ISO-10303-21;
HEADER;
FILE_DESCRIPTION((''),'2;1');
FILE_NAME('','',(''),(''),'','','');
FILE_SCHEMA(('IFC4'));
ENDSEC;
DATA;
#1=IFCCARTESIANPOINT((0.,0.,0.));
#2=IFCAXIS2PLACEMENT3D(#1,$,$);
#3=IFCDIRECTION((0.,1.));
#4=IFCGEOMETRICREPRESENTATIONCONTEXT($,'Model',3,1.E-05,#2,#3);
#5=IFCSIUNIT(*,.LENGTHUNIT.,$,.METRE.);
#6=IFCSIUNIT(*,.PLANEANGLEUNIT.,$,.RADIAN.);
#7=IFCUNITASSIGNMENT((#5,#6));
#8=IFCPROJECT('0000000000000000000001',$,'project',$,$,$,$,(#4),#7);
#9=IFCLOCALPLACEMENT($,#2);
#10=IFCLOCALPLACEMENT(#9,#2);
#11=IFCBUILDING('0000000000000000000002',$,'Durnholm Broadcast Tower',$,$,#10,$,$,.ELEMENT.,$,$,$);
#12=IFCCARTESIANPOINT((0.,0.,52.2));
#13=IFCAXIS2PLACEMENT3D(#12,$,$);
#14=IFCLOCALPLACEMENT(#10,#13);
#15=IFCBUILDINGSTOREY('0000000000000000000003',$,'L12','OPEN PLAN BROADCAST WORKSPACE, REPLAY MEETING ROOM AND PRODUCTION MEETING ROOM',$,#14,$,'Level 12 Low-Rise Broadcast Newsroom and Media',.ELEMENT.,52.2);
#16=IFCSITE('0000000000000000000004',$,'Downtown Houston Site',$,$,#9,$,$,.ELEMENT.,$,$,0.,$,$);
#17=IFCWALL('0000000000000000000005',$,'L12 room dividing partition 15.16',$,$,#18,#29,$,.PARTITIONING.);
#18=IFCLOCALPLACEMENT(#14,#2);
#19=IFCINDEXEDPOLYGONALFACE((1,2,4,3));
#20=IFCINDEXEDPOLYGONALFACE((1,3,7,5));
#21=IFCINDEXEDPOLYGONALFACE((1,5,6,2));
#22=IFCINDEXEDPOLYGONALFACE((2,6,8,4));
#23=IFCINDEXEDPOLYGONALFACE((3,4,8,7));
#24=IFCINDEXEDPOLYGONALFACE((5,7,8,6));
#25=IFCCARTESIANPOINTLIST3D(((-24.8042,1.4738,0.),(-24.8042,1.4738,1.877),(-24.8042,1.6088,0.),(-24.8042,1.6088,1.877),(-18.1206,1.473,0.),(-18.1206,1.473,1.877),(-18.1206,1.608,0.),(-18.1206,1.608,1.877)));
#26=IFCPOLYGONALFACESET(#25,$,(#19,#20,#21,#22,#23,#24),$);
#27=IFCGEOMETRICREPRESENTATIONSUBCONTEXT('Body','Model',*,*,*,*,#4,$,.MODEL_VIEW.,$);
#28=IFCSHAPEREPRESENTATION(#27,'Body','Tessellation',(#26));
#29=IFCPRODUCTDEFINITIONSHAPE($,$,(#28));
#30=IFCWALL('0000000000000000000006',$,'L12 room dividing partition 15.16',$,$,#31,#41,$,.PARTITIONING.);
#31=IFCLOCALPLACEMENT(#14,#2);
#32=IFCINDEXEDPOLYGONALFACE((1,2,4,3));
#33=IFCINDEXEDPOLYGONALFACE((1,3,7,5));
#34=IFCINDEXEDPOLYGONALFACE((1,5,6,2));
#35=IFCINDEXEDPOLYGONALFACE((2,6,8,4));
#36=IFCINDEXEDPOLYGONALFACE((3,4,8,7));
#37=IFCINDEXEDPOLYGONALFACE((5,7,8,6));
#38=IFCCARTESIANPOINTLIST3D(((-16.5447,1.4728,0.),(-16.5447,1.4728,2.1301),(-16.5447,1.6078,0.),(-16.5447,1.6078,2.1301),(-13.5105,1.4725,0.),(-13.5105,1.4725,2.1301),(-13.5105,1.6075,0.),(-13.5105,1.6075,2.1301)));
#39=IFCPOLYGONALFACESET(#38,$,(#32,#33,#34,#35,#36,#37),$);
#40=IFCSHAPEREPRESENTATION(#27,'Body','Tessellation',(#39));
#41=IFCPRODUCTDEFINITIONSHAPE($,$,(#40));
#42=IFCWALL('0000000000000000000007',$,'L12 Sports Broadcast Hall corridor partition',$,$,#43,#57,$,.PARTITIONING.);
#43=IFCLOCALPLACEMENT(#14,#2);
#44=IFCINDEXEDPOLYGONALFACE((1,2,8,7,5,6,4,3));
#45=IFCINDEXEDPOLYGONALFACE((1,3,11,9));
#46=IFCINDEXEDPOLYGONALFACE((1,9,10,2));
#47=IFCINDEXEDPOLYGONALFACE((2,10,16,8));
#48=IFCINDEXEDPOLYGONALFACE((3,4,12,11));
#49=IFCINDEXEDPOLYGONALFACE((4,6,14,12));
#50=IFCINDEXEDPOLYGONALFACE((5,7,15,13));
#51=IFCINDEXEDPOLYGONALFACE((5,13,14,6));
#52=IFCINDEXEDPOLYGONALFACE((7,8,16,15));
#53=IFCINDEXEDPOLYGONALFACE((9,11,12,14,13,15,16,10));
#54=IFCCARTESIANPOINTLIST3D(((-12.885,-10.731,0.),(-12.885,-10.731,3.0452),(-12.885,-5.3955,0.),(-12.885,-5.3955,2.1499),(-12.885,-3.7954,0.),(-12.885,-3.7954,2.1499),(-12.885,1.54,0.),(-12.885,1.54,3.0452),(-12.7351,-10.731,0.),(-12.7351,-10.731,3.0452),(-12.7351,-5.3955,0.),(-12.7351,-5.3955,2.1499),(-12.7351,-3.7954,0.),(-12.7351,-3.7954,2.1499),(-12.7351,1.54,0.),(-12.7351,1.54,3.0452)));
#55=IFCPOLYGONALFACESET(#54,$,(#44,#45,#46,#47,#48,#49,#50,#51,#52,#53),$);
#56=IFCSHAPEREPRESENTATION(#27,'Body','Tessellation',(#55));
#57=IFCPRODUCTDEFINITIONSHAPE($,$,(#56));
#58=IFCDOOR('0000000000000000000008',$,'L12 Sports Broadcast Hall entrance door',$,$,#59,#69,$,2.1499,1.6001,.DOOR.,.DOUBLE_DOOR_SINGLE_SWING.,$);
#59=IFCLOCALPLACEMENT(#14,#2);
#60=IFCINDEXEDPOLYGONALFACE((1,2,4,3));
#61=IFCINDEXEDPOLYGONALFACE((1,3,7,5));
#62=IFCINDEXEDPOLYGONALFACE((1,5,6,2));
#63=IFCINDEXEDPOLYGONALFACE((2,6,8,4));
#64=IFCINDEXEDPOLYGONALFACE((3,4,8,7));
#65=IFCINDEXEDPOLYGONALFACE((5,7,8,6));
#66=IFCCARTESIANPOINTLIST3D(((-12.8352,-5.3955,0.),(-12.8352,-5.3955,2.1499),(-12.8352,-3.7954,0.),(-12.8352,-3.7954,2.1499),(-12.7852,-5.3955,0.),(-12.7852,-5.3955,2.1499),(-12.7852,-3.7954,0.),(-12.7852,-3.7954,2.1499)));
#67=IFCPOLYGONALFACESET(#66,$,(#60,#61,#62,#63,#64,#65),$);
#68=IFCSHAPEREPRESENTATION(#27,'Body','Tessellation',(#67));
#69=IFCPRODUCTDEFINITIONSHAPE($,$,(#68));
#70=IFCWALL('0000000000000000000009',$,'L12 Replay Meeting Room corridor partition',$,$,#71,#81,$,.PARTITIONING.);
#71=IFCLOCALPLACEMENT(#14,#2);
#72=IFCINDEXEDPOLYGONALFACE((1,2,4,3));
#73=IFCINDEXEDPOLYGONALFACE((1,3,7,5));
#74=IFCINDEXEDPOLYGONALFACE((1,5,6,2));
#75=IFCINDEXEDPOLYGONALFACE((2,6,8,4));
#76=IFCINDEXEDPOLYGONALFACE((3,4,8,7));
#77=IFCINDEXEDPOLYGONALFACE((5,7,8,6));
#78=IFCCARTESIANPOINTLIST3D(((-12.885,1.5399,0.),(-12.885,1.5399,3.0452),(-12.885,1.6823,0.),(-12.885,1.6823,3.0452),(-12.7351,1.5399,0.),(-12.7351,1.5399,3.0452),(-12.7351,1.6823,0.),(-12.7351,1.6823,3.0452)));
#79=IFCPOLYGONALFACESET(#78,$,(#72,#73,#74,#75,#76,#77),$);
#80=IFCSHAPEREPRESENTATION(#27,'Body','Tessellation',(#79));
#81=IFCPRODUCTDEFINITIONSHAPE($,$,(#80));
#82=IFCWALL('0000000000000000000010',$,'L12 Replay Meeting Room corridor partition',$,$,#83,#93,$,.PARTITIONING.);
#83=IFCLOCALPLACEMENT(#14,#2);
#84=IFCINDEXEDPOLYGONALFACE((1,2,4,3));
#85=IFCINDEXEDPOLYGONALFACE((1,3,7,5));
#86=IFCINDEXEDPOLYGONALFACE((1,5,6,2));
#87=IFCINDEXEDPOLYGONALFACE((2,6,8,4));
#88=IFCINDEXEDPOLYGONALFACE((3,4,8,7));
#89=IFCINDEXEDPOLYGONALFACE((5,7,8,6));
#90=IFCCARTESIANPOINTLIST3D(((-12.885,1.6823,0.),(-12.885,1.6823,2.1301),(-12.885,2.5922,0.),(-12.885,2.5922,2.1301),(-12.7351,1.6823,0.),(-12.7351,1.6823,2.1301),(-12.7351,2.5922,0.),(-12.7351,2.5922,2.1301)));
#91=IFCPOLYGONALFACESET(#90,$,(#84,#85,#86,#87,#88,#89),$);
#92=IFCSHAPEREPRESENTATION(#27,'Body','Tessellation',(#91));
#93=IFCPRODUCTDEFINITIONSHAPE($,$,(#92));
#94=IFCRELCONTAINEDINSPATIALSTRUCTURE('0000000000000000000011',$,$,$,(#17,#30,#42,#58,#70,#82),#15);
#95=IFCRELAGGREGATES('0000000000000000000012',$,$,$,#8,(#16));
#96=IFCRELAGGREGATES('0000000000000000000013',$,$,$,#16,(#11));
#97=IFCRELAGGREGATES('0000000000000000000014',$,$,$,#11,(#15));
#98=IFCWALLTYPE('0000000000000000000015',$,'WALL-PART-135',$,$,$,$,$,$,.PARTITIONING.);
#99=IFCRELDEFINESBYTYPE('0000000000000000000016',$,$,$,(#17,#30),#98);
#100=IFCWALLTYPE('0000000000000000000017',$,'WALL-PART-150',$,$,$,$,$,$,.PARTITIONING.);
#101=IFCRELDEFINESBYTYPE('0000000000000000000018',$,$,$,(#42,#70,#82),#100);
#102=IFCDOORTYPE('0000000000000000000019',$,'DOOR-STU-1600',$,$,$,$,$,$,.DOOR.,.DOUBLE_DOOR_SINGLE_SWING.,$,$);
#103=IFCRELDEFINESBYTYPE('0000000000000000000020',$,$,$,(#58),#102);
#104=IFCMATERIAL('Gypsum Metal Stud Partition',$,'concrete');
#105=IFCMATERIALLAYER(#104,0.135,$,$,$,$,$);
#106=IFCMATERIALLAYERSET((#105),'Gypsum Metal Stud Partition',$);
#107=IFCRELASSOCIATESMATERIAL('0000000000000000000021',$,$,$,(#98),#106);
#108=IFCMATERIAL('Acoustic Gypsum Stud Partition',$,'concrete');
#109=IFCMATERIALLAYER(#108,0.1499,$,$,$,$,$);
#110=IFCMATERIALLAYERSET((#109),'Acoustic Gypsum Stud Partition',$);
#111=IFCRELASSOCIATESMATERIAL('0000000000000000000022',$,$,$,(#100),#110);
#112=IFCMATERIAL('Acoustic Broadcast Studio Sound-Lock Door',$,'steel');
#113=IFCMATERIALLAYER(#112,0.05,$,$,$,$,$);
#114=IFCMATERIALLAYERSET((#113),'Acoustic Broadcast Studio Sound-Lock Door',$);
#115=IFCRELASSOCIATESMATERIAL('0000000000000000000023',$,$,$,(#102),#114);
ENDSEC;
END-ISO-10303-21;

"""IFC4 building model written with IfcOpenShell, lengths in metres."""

from ifc_helpers import new_model, si_unit, direction, frame, frame_2d, origin, place, context, subcontext, project, spatial, rectangle, extrude, source, transform, mapped, material, layer, layer_set, type_object, type_shapes, element, fill, save


model = new_model("IFC4")

# Units and contexts
model_context = context("Model", 3, precision=1e-05, world=origin(), true_north=direction((0.0, 1.0)))
body_context = subcontext(model_context, "Body", "Model", "MODEL_VIEW")
ifc_project = project(units=[si_unit("LENGTHUNIT", "METRE"), si_unit("PLANEANGLEUNIT", "RADIAN")], contexts=[model_context])

# Site, building, storey
site_placement = place(None, origin())
site = spatial("IfcSite", under=ifc_project, at=site_placement, Name="Downtown Houston Site", CompositionType="ELEMENT", RefElevation=0.0)
building_placement = place(site_placement, origin())
building = spatial("IfcBuilding", under=site, at=building_placement, Name="Durnholm Broadcast Tower", CompositionType="ELEMENT")
storey_placement = place(building_placement, frame((0.0, 0.0, 52.2)))
storey = spatial("IfcBuildingStorey", under=building, at=storey_placement, Name="L12", Description="OPEN PLAN BROADCAST WORKSPACE, REPLAY MEETING ROOM AND PRODUCTION MEETING ROOM", LongName="Level 12 Low-Rise Broadcast Newsroom and Media", CompositionType="ELEMENT", Elevation=52.2)

# Walls
ifc_material_1 = material(Name="Gypsum Metal Stud Partition", Category="concrete")
ifc_layer_1 = layer(ifc_material_1, 0.135)
ifc_layer_set_1 = layer_set([ifc_layer_1], Name="Gypsum Metal Stud Partition")
wall_type_1 = type_object("IfcWallType", Name="WALL-PART-135", PredefinedType="PARTITIONING", material=ifc_layer_set_1)
wall_1_placement = place(storey_placement, frame((-24.8042, 1.5413, 0.0), z_axis=(0.0, 0.0, 1.0), x_axis=(1.0, -0.00011, 0.0)))
element("IfcWall", 1, at=wall_1_placement, inside=storey, type_object=wall_type_1, Name="L12 room dividing partition 15.16", PredefinedType="PARTITIONING", context=body_context, shape_type="SweptSolid", body=[
    extrude(rectangle(XDim=6.6836, YDim=0.135, at=frame_2d((3.3418, 0.0))), origin(), (0.0, 0.0, 1.0), 1.877),
])
wall_2_placement = place(storey_placement, frame((-16.5447, 1.5403, 0.0), z_axis=(0.0, 0.0, 1.0), x_axis=(1.0, -0.00008, 0.0)))
element("IfcWall", 2, at=wall_2_placement, inside=storey, type_object=wall_type_1, Name="L12 room dividing partition 15.16", PredefinedType="PARTITIONING", context=body_context, shape_type="SweptSolid", body=[
    extrude(rectangle(XDim=3.0342, YDim=0.135, at=frame_2d((1.5171, 0.0))), origin(), (0.0, 0.0, 1.0), 2.1301),
])

# Wall, opening, door
ifc_material_2 = material(Name="Acoustic Gypsum Stud Partition", Category="concrete")
ifc_layer_2 = layer(ifc_material_2, 0.1499)
ifc_layer_set_2 = layer_set([ifc_layer_2], Name="Acoustic Gypsum Stud Partition")
wall_type_2 = type_object("IfcWallType", Name="WALL-PART-150", PredefinedType="PARTITIONING", material=ifc_layer_set_2)
wall_3_placement = place(storey_placement, frame((-12.8101, 1.54, 0.0), z_axis=(0.0, 0.0, 1.0), x_axis=(0.0, -1.0, 0.0)))
wall_3 = element("IfcWall", 3, at=wall_3_placement, inside=storey, type_object=wall_type_2, Name="L12 Sports Broadcast Hall corridor partition", PredefinedType="PARTITIONING", context=body_context, shape_type="SweptSolid", body=[
    extrude(rectangle(XDim=12.271, YDim=0.1499, at=frame_2d((6.1355, 0.0))), origin(), (0.0, 0.0, 1.0), 3.0452),
])
opening_placement = place(wall_3_placement, frame((5.3354, 0.0, 0.0)))
opening = element("IfcOpeningElement", 4, at=opening_placement, cuts=wall_3, PredefinedType="OPENING", context=body_context, shape_type="SweptSolid", body=[
    extrude(rectangle(XDim=1.6001, YDim=2.1499, at=frame_2d((0.8, 1.075))), frame((0.0, 0.085, 0.0), z_axis=(0.0, -1.0, 0.0), x_axis=(1.0, 0.0, 0.0)), (0.0, 0.0, 1.0), 0.1699),
])
ifc_material_3 = material(Name="Acoustic Broadcast Studio Sound-Lock Door", Category="steel")
ifc_layer_3 = layer(ifc_material_3, 0.05)
ifc_layer_set_3 = layer_set([ifc_layer_3], Name="Acoustic Broadcast Studio Sound-Lock Door")
door_type = type_object("IfcDoorType", Name="DOOR-STU-1600", OperationType="DOUBLE_DOOR_SINGLE_SWING", PredefinedType="DOOR", material=ifc_layer_set_3)
shared_shape_1 = source(origin(), body_context, "Body", "SweptSolid", [
    extrude(rectangle(XDim=1.6001, YDim=2.1499, at=frame_2d((0.8, 1.075))), frame((0.0, 0.0249, 0.0), z_axis=(0.0, -1.0, 0.0), x_axis=(1.0, 0.0, 0.0)), (0.0, 0.0, 1.0), 0.05),
])
type_shapes(door_type, [shared_shape_1])
door_placement = place(opening_placement, origin())
door = element("IfcDoor", 5, at=door_placement, inside=storey, type_object=door_type, Name="L12 Sports Broadcast Hall entrance door", OperationType="DOUBLE_DOOR_SINGLE_SWING", OverallHeight=2.1499, OverallWidth=1.6001, PredefinedType="DOOR", context=body_context, shape_type="MappedRepresentation", body=[
    mapped(shared_shape_1, transform((0.0, 0.0, 0.0), x_axis=(1.0, 0.0, 0.0), y_axis=(0.0, 1.0, 0.0), z_axis=(0.0, 0.0, 1.0), scale=1.0)),
])
fill(opening, door)

# Walls
wall_4_placement = place(storey_placement, frame((-12.8101, 1.6824, 0.0), z_axis=(0.0, 0.0, 1.0), x_axis=(0.0, -1.0, 0.0)))
element("IfcWall", 6, at=wall_4_placement, inside=storey, type_object=wall_type_2, Name="L12 Replay Meeting Room corridor partition", PredefinedType="PARTITIONING", context=body_context, shape_type="SweptSolid", body=[
    extrude(rectangle(XDim=0.1423, YDim=0.1499, at=frame_2d((0.0713, 0.0))), origin(), (0.0, 0.0, 1.0), 3.0452),
])
wall_5_placement = place(storey_placement, frame((-12.8101, 2.5923, 0.0), z_axis=(0.0, 0.0, 1.0), x_axis=(0.0, -1.0, 0.0)))
element("IfcWall", 7, at=wall_5_placement, inside=storey, type_object=wall_type_2, Name="L12 Replay Meeting Room corridor partition", PredefinedType="PARTITIONING", context=body_context, shape_type="SweptSolid", body=[
    extrude(rectangle(XDim=0.9099, YDim=0.1499, at=frame_2d((0.4551, 0.0))), origin(), (0.0, 0.0, 1.0), 2.1301),
])

save(model, "model.ifc")
